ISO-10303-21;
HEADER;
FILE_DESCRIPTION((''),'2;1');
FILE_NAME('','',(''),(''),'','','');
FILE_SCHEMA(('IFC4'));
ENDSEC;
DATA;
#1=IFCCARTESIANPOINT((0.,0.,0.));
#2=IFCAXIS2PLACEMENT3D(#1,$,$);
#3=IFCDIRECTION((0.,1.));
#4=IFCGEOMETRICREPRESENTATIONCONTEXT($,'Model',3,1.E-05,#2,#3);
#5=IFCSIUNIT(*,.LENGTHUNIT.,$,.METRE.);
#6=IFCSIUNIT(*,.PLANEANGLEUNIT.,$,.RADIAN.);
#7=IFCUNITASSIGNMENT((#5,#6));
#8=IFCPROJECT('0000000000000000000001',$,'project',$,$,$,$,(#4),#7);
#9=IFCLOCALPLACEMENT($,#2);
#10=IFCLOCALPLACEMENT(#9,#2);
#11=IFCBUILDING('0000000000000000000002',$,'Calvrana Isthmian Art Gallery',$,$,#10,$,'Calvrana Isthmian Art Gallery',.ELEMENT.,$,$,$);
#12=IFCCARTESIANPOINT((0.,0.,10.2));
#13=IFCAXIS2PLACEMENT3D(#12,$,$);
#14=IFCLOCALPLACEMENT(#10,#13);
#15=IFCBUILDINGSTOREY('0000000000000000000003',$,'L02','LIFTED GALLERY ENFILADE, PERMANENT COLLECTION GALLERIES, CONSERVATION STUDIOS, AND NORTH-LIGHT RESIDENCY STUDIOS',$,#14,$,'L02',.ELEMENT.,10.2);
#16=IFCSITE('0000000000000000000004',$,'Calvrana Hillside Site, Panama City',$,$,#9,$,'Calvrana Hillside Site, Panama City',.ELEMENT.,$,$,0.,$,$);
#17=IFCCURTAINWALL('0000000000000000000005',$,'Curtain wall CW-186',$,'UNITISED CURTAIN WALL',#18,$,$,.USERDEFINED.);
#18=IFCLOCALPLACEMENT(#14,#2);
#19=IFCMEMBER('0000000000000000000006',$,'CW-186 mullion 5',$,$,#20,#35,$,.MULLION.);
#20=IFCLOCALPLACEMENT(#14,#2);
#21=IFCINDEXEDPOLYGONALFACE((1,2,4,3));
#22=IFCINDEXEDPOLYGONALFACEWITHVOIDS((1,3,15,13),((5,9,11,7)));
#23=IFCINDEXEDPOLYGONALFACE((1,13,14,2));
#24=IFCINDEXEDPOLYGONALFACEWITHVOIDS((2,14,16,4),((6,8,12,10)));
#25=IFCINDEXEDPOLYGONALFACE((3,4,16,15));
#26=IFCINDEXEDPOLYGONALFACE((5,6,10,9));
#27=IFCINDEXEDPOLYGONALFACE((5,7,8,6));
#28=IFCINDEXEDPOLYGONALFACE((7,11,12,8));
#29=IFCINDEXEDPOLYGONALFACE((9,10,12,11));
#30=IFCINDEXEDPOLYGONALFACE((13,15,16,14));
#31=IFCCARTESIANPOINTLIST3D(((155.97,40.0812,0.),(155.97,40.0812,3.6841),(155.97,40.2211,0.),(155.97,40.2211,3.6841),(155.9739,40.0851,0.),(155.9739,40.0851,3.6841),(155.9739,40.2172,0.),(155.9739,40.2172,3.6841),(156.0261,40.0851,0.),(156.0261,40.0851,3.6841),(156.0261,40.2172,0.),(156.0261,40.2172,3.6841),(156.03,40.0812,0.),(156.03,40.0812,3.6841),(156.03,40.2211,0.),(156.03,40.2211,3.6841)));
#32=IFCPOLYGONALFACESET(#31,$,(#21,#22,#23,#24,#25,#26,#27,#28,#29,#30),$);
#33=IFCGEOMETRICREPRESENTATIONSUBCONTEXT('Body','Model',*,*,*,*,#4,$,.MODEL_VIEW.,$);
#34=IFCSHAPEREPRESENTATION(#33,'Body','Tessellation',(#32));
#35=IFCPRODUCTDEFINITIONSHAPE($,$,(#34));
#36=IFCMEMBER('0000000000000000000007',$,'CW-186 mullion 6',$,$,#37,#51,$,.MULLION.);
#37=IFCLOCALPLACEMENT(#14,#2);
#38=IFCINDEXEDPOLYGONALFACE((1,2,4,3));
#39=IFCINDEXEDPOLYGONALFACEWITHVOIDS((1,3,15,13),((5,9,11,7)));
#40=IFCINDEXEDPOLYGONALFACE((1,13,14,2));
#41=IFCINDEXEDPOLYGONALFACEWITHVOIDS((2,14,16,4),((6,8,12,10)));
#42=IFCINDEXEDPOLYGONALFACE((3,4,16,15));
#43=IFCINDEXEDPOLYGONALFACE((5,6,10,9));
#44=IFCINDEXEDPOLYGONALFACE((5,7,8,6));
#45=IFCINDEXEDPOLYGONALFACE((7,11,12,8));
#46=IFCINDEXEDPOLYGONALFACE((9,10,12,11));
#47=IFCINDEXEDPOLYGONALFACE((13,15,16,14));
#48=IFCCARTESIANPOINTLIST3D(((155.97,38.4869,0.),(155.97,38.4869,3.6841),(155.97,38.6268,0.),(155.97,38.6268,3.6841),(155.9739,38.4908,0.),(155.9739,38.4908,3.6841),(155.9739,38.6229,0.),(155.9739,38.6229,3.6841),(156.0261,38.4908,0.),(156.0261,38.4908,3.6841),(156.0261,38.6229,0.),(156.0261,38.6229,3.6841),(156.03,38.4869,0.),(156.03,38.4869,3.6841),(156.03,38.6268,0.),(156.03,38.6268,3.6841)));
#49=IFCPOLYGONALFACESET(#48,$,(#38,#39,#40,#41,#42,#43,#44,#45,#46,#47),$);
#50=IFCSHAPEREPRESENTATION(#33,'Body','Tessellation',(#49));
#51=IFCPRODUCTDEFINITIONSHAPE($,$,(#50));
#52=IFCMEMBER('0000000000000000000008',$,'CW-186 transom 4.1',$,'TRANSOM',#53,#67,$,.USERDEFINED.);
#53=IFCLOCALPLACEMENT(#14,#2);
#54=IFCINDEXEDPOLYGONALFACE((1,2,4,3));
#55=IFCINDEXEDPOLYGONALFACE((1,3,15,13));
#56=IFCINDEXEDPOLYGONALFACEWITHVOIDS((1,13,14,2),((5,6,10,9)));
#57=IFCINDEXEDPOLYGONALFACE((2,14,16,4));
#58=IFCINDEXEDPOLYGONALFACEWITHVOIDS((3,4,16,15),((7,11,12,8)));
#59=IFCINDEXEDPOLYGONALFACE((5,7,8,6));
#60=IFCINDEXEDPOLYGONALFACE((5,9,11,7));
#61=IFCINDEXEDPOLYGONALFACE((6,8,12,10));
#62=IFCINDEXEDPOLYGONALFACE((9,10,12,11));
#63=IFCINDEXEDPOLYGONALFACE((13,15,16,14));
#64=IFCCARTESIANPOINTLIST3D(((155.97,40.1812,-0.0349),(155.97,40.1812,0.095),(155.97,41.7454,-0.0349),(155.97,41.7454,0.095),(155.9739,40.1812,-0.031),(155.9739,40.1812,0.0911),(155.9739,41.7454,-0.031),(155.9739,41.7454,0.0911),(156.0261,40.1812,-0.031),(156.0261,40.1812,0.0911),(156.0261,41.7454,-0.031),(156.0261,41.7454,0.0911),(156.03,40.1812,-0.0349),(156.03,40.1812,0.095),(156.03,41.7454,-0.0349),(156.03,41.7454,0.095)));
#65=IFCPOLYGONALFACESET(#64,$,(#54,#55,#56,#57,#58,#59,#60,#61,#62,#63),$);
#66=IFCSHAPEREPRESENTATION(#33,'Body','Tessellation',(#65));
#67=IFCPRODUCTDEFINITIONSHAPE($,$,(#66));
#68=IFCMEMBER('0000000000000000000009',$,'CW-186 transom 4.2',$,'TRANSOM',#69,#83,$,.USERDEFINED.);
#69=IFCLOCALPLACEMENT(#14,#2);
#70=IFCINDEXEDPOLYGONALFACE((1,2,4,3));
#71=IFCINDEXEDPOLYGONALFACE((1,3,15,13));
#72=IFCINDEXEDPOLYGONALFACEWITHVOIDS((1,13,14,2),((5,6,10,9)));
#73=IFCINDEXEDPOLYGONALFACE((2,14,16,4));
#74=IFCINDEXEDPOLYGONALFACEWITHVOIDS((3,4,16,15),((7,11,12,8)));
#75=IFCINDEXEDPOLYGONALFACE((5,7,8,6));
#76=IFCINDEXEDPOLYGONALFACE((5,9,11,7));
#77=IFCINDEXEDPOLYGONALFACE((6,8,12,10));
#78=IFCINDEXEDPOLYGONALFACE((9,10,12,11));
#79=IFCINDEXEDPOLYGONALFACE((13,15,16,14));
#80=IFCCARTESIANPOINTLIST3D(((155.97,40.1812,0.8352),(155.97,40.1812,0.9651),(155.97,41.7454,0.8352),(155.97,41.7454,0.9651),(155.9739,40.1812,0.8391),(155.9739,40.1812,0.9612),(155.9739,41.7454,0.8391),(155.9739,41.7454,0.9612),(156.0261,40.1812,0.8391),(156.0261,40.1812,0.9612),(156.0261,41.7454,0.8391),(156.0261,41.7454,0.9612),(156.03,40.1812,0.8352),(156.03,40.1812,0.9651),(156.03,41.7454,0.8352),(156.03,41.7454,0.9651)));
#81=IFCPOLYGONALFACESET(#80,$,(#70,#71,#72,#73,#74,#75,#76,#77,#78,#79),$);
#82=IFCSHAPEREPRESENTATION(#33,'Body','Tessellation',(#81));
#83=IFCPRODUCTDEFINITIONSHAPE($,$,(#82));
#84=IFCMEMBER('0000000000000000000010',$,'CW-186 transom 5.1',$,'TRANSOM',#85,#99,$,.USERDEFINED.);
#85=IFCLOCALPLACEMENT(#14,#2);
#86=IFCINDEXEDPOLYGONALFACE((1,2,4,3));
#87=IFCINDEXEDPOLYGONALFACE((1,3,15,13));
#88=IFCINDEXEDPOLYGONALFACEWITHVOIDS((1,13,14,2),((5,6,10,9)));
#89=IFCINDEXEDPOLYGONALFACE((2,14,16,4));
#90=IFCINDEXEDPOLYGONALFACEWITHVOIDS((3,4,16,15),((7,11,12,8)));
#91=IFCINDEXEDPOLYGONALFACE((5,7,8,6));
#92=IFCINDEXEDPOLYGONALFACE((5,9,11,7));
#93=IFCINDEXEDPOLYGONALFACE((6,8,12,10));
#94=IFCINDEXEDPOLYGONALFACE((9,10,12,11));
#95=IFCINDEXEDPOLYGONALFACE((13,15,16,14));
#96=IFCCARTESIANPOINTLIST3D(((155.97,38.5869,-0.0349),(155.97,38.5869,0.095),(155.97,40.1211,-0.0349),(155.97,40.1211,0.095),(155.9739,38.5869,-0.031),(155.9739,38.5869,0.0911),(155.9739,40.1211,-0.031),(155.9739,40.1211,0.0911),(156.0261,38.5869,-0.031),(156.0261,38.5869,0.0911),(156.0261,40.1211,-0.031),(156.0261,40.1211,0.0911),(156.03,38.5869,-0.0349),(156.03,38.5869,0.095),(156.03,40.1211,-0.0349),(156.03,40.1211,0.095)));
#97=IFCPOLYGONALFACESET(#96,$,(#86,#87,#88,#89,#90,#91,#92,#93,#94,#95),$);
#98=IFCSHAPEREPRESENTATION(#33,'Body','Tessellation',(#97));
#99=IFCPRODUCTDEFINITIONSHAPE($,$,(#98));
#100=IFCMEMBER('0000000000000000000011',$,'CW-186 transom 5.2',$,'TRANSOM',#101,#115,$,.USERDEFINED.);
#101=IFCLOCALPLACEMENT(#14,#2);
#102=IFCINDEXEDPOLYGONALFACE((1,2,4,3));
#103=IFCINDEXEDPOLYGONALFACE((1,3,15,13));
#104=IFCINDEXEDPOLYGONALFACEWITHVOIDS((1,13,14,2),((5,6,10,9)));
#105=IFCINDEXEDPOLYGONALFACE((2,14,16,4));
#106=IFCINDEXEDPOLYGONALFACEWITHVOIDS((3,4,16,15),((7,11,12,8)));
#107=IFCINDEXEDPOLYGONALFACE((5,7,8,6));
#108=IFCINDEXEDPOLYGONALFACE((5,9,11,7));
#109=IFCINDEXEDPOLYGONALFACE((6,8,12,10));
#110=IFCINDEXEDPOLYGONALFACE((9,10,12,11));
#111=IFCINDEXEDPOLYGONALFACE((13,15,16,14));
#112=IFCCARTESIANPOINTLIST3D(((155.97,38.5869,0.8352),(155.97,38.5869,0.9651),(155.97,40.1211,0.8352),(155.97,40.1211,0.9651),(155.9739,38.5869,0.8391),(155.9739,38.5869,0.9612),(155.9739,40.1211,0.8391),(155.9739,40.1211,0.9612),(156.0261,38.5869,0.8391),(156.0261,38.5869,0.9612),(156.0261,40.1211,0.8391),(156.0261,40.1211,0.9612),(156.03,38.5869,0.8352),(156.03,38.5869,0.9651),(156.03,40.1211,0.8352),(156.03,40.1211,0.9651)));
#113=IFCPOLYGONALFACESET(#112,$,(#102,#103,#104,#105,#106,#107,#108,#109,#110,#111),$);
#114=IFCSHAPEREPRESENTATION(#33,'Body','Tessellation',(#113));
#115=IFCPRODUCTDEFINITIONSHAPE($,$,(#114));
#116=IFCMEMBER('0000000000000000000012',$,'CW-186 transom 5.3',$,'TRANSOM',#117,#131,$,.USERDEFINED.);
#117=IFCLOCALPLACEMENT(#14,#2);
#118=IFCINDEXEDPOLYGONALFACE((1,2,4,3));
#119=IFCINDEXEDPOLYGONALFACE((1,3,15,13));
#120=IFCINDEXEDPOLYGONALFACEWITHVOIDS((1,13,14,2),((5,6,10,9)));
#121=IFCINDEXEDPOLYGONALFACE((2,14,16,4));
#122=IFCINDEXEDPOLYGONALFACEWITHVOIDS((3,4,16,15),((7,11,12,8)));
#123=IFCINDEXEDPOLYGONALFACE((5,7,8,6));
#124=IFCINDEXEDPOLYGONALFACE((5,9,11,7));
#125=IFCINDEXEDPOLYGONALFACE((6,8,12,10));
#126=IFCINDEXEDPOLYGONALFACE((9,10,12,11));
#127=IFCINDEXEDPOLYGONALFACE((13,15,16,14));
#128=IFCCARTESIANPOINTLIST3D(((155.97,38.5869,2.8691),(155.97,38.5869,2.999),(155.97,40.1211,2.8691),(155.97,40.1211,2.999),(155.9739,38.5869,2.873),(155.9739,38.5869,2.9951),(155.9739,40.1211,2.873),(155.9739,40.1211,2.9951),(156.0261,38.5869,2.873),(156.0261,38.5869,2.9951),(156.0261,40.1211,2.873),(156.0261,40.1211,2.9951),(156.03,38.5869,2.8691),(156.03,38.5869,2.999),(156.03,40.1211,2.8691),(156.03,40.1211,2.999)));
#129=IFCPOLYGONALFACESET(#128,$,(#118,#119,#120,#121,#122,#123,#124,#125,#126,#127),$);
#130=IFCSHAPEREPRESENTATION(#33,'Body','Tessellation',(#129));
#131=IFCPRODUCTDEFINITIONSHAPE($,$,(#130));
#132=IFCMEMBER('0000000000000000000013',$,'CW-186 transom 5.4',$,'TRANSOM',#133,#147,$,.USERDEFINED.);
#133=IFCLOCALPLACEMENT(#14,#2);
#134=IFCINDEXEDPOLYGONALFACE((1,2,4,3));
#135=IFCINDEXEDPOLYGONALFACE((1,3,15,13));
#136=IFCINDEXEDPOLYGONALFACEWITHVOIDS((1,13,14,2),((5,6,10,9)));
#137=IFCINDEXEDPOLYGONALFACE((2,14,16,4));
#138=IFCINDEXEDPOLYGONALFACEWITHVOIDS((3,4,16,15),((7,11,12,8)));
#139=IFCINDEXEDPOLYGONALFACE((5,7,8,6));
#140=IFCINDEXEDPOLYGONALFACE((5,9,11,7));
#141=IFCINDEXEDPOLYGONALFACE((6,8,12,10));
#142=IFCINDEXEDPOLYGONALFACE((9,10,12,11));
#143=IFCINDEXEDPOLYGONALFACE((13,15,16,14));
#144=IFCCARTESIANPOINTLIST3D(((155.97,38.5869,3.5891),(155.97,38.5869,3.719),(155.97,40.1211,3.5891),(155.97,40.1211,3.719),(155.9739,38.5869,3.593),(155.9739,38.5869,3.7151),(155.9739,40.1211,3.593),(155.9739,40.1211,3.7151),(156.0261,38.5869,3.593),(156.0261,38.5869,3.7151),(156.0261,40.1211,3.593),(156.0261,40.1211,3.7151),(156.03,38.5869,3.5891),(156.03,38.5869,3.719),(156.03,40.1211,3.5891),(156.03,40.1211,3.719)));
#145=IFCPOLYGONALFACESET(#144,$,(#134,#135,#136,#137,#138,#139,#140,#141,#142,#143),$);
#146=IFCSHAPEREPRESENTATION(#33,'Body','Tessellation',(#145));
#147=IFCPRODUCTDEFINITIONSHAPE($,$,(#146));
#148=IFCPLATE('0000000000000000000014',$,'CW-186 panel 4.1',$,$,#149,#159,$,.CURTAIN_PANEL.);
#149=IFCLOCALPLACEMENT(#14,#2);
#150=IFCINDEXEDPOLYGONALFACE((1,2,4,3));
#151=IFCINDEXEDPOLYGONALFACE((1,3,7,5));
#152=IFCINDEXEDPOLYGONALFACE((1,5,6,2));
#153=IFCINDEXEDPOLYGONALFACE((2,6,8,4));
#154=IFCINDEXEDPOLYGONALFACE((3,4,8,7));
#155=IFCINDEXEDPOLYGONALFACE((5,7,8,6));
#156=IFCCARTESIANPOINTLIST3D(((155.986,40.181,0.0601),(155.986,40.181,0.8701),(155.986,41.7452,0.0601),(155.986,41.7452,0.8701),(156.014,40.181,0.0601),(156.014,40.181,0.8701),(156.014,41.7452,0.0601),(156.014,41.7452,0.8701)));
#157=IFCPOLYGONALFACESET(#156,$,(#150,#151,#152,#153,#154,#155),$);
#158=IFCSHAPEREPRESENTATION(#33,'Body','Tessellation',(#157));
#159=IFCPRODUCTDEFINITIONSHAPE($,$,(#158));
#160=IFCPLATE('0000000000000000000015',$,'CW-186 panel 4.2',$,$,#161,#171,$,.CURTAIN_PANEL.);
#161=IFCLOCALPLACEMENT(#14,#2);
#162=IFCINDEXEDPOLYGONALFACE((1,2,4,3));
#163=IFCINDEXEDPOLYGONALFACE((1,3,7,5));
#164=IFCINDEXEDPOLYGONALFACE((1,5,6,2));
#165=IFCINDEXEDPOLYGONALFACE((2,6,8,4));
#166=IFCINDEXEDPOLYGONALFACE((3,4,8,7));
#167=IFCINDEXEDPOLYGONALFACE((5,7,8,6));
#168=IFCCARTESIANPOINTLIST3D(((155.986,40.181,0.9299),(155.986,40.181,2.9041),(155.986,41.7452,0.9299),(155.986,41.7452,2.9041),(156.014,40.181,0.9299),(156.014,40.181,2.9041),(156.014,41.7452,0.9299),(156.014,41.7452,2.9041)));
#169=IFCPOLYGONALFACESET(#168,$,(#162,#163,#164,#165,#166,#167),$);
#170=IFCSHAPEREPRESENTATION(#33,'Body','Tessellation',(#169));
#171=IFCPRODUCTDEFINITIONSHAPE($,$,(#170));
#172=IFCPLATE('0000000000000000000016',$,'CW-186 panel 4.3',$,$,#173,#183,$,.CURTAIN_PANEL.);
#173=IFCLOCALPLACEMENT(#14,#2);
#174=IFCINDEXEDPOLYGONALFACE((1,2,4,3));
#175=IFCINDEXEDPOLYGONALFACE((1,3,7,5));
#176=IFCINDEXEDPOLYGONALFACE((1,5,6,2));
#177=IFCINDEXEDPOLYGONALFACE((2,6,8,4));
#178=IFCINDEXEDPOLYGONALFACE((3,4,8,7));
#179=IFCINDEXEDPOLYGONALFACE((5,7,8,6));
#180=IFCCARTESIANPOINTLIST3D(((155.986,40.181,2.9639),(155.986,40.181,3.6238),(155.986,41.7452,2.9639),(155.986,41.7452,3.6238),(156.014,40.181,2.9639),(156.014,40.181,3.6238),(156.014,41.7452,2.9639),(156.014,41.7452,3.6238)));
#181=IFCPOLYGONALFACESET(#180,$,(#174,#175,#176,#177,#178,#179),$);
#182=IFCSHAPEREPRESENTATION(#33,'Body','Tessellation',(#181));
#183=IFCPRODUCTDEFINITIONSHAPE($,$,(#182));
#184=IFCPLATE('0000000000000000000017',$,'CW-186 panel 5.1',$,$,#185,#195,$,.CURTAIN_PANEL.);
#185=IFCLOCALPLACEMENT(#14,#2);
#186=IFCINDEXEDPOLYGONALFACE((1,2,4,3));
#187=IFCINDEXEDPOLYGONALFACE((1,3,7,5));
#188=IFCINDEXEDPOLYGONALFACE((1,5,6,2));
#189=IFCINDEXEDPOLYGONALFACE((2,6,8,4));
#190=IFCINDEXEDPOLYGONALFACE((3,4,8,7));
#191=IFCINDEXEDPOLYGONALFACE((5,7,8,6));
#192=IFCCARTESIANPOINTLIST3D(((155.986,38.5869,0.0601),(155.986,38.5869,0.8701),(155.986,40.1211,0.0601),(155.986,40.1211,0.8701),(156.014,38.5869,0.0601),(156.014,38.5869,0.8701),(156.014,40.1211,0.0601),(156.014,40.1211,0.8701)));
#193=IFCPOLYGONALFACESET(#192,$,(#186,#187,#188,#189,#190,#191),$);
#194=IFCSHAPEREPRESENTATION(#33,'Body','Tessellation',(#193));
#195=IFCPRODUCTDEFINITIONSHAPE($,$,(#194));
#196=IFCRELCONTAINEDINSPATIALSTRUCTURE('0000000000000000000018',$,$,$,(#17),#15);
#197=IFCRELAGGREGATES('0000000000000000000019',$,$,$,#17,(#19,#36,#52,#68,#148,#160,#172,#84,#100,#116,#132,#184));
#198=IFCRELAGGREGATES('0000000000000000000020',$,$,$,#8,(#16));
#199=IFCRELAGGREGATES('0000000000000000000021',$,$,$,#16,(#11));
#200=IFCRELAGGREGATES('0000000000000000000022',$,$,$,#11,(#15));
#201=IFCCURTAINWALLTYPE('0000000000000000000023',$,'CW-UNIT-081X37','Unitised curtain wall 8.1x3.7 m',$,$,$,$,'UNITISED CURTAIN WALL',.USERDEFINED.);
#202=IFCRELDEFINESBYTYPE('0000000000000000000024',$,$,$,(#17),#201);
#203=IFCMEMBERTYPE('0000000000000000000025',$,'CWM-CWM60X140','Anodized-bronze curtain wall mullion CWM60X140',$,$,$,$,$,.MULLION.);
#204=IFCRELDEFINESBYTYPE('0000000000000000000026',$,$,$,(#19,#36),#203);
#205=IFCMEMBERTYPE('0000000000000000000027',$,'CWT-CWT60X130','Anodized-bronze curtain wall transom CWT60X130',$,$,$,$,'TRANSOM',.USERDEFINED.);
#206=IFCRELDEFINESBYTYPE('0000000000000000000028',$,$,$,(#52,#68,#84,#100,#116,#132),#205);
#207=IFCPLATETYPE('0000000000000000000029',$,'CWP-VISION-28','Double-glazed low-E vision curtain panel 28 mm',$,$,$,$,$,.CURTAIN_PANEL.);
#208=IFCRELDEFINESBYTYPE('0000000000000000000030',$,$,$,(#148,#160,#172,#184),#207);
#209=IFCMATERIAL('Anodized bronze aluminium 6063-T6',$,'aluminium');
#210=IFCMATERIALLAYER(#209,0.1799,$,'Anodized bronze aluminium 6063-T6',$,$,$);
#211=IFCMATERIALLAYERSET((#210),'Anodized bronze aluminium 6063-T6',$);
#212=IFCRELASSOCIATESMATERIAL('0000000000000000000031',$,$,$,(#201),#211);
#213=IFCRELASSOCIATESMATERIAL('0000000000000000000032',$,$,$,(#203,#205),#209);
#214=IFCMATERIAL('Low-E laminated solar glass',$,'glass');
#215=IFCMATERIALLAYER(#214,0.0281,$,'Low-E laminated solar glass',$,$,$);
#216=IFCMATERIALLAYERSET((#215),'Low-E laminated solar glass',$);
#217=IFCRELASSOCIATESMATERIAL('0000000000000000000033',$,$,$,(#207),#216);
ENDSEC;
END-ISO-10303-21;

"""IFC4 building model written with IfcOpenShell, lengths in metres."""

from ifc_helpers import new_model, si_unit, direction, frame, origin, origin_2d, place, context, subcontext, project, spatial, rectangle, hollow_rectangle, extrude, material, layer, layer_set, material_profile, profile_set, type_object, element, aggregate, save


model = new_model("IFC4")

# Units and contexts
model_context = context("Model", 3, precision=1e-05, world=origin(), true_north=direction((0.0, 1.0)))
body_context = subcontext(model_context, "Body", "Model", "MODEL_VIEW")
ifc_project = project(units=[si_unit("LENGTHUNIT", "METRE"), si_unit("PLANEANGLEUNIT", "RADIAN")], contexts=[model_context])

# Site, building, storey
site_placement = place(None, origin())
site = spatial("IfcSite", under=ifc_project, at=site_placement, Name="Calvrana Hillside Site, Panama City", LongName="Calvrana Hillside Site, Panama City", CompositionType="ELEMENT", RefElevation=0.0)
building_placement = place(site_placement, origin())
building = spatial("IfcBuilding", under=site, at=building_placement, Name="Calvrana Isthmian Art Gallery", LongName="Calvrana Isthmian Art Gallery", CompositionType="ELEMENT")
storey_placement = place(building_placement, frame((0.0, 0.0, 10.2)))
storey = spatial("IfcBuildingStorey", under=building, at=storey_placement, Name="L02", Description="LIFTED GALLERY ENFILADE, PERMANENT COLLECTION GALLERIES, CONSERVATION STUDIOS, AND NORTH-LIGHT RESIDENCY STUDIOS", LongName="L02", CompositionType="ELEMENT", Elevation=10.2)

# Curtain wall, members, plates
ifc_material_1 = material(Name="Anodized bronze aluminium 6063-T6", Category="aluminium")
ifc_layer_1 = layer(ifc_material_1, 0.1799, Name="Anodized bronze aluminium 6063-T6")
ifc_layer_set_1 = layer_set([ifc_layer_1], Name="Anodized bronze aluminium 6063-T6")
curtain_wall_type = type_object("IfcCurtainWallType", Name="CW-UNIT-081X37", Description="Unitised curtain wall 8.1x3.7 m", ElementType="UNITISED CURTAIN WALL", PredefinedType="USERDEFINED", material=ifc_layer_set_1)
curtain_wall_placement = place(storey_placement, origin())
curtain_wall = element("IfcCurtainWall", 1, at=curtain_wall_placement, inside=storey, type_object=curtain_wall_type, Name="Curtain wall CW-186", ObjectType="UNITISED CURTAIN WALL", PredefinedType="USERDEFINED")
ifc_material_profile_1 = material_profile(ifc_material_1, hollow_rectangle(XDim=0.0601, YDim=0.1399, WallThickness=0.0039, at=origin_2d()), Name="CWM60X140")
ifc_profile_set_1 = profile_set([ifc_material_profile_1], Name="Anodized bronze aluminium 6063-T6")
member_type_1 = type_object("IfcMemberType", Name="CWM-CWM60X140", Description="Anodized-bronze curtain wall mullion CWM60X140", PredefinedType="MULLION", material=ifc_profile_set_1)
member_1_placement = place(storey_placement, frame((156.0, 40.1511, 0.0), z_axis=(0.0, 0.0, 1.0), x_axis=(1.0, 0.0, 0.0)))
member_1 = element("IfcMember", 2, at=member_1_placement, type_object=member_type_1, Name="CW-186 mullion 5", PredefinedType="MULLION", context=body_context, shape_type="SweptSolid", body=[
    extrude(hollow_rectangle(XDim=0.0601, YDim=0.1399, WallThickness=0.0039, at=origin_2d()), origin(), (0.0, 0.0, 1.0), 3.6841),
])
member_2_placement = place(storey_placement, frame((156.0, 38.5569, 0.0), z_axis=(0.0, 0.0, 1.0), x_axis=(1.0, 0.0, 0.0)))
member_2 = element("IfcMember", 3, at=member_2_placement, type_object=member_type_1, Name="CW-186 mullion 6", PredefinedType="MULLION", context=body_context, shape_type="SweptSolid", body=[
    extrude(hollow_rectangle(XDim=0.0601, YDim=0.1399, WallThickness=0.0039, at=origin_2d()), origin(), (0.0, 0.0, 1.0), 3.6841),
])
ifc_material_profile_2 = material_profile(ifc_material_1, hollow_rectangle(XDim=0.0601, YDim=0.1299, WallThickness=0.0039, at=origin_2d()), Name="CWT60X130")
ifc_profile_set_2 = profile_set([ifc_material_profile_2], Name="Anodized bronze aluminium 6063-T6")
member_type_2 = type_object("IfcMemberType", Name="CWT-CWT60X130", Description="Anodized-bronze curtain wall transom CWT60X130", ElementType="TRANSOM", PredefinedType="USERDEFINED", material=ifc_profile_set_2)
member_3_placement = place(storey_placement, frame((156.0, 41.7454, 0.03), z_axis=(0.0, -1.0, 0.0), x_axis=(1.0, 0.0, 0.0)))
member_3 = element("IfcMember", 4, at=member_3_placement, type_object=member_type_2, Name="CW-186 transom 4.1", ObjectType="TRANSOM", PredefinedType="USERDEFINED", context=body_context, shape_type="SweptSolid", body=[
    extrude(hollow_rectangle(XDim=0.0601, YDim=0.1299, WallThickness=0.0039, at=origin_2d()), origin(), (0.0, 0.0, 1.0), 1.5642),
])
member_4_placement = place(storey_placement, frame((156.0, 41.7454, 0.9001), z_axis=(0.0, -1.0, 0.0), x_axis=(1.0, 0.0, 0.0)))
member_4 = element("IfcMember", 5, at=member_4_placement, type_object=member_type_2, Name="CW-186 transom 4.2", ObjectType="TRANSOM", PredefinedType="USERDEFINED", context=body_context, shape_type="SweptSolid", body=[
    extrude(hollow_rectangle(XDim=0.0601, YDim=0.1299, WallThickness=0.0039, at=origin_2d()), origin(), (0.0, 0.0, 1.0), 1.5642),
])
member_5_placement = place(storey_placement, frame((156.0, 40.1211, 0.03), z_axis=(0.0, -1.0, 0.0), x_axis=(1.0, 0.0, 0.0)))
member_5 = element("IfcMember", 6, at=member_5_placement, type_object=member_type_2, Name="CW-186 transom 5.1", ObjectType="TRANSOM", PredefinedType="USERDEFINED", context=body_context, shape_type="SweptSolid", body=[
    extrude(hollow_rectangle(XDim=0.0601, YDim=0.1299, WallThickness=0.0039, at=origin_2d()), origin(), (0.0, 0.0, 1.0), 1.5342),
])
member_6_placement = place(storey_placement, frame((156.0, 40.1211, 0.9001), z_axis=(0.0, -1.0, 0.0), x_axis=(1.0, 0.0, 0.0)))
member_6 = element("IfcMember", 7, at=member_6_placement, type_object=member_type_2, Name="CW-186 transom 5.2", ObjectType="TRANSOM", PredefinedType="USERDEFINED", context=body_context, shape_type="SweptSolid", body=[
    extrude(hollow_rectangle(XDim=0.0601, YDim=0.1299, WallThickness=0.0039, at=origin_2d()), origin(), (0.0, 0.0, 1.0), 1.5342),
])
member_7_placement = place(storey_placement, frame((156.0, 40.1211, 2.9341), z_axis=(0.0, -1.0, 0.0), x_axis=(1.0, 0.0, 0.0)))
member_7 = element("IfcMember", 8, at=member_7_placement, type_object=member_type_2, Name="CW-186 transom 5.3", ObjectType="TRANSOM", PredefinedType="USERDEFINED", context=body_context, shape_type="SweptSolid", body=[
    extrude(hollow_rectangle(XDim=0.0601, YDim=0.1299, WallThickness=0.0039, at=origin_2d()), origin(), (0.0, 0.0, 1.0), 1.5342),
])
member_8_placement = place(storey_placement, frame((156.0, 40.1211, 3.6541), z_axis=(0.0, -1.0, 0.0), x_axis=(1.0, 0.0, 0.0)))
member_8 = element("IfcMember", 9, at=member_8_placement, type_object=member_type_2, Name="CW-186 transom 5.4", ObjectType="TRANSOM", PredefinedType="USERDEFINED", context=body_context, shape_type="SweptSolid", body=[
    extrude(hollow_rectangle(XDim=0.0601, YDim=0.1299, WallThickness=0.0039, at=origin_2d()), origin(), (0.0, 0.0, 1.0), 1.5342),
])
ifc_material_2 = material(Name="Low-E laminated solar glass", Category="glass")
ifc_layer_2 = layer(ifc_material_2, 0.0281, Name="Low-E laminated solar glass")
ifc_layer_set_2 = layer_set([ifc_layer_2], Name="Low-E laminated solar glass")
plate_type_1 = type_object("IfcPlateType", Name="CWP-VISION-28", Description="Double-glazed low-E vision curtain panel 28 mm", PredefinedType="CURTAIN_PANEL", material=ifc_layer_set_2)
plate_1_placement = place(storey_placement, frame((156.0, 40.9631, 0.0601), z_axis=(0.0, 0.0, 1.0), x_axis=(0.0, -1.0, 0.0)))
plate_1 = element("IfcPlate", 10, at=plate_1_placement, type_object=plate_type_1, Name="CW-186 panel 4.1", PredefinedType="CURTAIN_PANEL", context=body_context, shape_type="SweptSolid", body=[
    extrude(rectangle(XDim=1.5642, YDim=0.0281, at=origin_2d()), origin(), (0.0, 0.0, 1.0), 0.8101),
])
plate_2_placement = place(storey_placement, frame((156.0, 40.9631, 0.9299), z_axis=(0.0, 0.0, 1.0), x_axis=(0.0, -1.0, 0.0)))
plate_2 = element("IfcPlate", 11, at=plate_2_placement, type_object=plate_type_1, Name="CW-186 panel 4.2", PredefinedType="CURTAIN_PANEL", context=body_context, shape_type="SweptSolid", body=[
    extrude(rectangle(XDim=1.5642, YDim=0.0281, at=origin_2d()), origin(), (0.0, 0.0, 1.0), 1.9741),
])
plate_3_placement = place(storey_placement, frame((156.0, 40.9631, 2.9639), z_axis=(0.0, 0.0, 1.0), x_axis=(0.0, -1.0, 0.0)))
plate_3 = element("IfcPlate", 12, at=plate_3_placement, type_object=plate_type_1, Name="CW-186 panel 4.3", PredefinedType="CURTAIN_PANEL", context=body_context, shape_type="SweptSolid", body=[
    extrude(rectangle(XDim=1.5642, YDim=0.0281, at=origin_2d()), origin(), (0.0, 0.0, 1.0), 0.6599),
])
plate_4_placement = place(storey_placement, frame((156.0, 39.354, 0.0601), z_axis=(0.0, 0.0, 1.0), x_axis=(0.0, -1.0, 0.0)))
plate_4 = element("IfcPlate", 13, at=plate_4_placement, type_object=plate_type_1, Name="CW-186 panel 5.1", PredefinedType="CURTAIN_PANEL", context=body_context, shape_type="SweptSolid", body=[
    extrude(rectangle(XDim=1.5342, YDim=0.0281, at=origin_2d()), origin(), (0.0, 0.0, 1.0), 0.8101),
])
aggregate(curtain_wall, [member_1, member_2, member_3, member_4, plate_1, plate_2, plate_3, member_5, member_6, member_7, member_8, plate_4])

save(model, "model.ifc")
